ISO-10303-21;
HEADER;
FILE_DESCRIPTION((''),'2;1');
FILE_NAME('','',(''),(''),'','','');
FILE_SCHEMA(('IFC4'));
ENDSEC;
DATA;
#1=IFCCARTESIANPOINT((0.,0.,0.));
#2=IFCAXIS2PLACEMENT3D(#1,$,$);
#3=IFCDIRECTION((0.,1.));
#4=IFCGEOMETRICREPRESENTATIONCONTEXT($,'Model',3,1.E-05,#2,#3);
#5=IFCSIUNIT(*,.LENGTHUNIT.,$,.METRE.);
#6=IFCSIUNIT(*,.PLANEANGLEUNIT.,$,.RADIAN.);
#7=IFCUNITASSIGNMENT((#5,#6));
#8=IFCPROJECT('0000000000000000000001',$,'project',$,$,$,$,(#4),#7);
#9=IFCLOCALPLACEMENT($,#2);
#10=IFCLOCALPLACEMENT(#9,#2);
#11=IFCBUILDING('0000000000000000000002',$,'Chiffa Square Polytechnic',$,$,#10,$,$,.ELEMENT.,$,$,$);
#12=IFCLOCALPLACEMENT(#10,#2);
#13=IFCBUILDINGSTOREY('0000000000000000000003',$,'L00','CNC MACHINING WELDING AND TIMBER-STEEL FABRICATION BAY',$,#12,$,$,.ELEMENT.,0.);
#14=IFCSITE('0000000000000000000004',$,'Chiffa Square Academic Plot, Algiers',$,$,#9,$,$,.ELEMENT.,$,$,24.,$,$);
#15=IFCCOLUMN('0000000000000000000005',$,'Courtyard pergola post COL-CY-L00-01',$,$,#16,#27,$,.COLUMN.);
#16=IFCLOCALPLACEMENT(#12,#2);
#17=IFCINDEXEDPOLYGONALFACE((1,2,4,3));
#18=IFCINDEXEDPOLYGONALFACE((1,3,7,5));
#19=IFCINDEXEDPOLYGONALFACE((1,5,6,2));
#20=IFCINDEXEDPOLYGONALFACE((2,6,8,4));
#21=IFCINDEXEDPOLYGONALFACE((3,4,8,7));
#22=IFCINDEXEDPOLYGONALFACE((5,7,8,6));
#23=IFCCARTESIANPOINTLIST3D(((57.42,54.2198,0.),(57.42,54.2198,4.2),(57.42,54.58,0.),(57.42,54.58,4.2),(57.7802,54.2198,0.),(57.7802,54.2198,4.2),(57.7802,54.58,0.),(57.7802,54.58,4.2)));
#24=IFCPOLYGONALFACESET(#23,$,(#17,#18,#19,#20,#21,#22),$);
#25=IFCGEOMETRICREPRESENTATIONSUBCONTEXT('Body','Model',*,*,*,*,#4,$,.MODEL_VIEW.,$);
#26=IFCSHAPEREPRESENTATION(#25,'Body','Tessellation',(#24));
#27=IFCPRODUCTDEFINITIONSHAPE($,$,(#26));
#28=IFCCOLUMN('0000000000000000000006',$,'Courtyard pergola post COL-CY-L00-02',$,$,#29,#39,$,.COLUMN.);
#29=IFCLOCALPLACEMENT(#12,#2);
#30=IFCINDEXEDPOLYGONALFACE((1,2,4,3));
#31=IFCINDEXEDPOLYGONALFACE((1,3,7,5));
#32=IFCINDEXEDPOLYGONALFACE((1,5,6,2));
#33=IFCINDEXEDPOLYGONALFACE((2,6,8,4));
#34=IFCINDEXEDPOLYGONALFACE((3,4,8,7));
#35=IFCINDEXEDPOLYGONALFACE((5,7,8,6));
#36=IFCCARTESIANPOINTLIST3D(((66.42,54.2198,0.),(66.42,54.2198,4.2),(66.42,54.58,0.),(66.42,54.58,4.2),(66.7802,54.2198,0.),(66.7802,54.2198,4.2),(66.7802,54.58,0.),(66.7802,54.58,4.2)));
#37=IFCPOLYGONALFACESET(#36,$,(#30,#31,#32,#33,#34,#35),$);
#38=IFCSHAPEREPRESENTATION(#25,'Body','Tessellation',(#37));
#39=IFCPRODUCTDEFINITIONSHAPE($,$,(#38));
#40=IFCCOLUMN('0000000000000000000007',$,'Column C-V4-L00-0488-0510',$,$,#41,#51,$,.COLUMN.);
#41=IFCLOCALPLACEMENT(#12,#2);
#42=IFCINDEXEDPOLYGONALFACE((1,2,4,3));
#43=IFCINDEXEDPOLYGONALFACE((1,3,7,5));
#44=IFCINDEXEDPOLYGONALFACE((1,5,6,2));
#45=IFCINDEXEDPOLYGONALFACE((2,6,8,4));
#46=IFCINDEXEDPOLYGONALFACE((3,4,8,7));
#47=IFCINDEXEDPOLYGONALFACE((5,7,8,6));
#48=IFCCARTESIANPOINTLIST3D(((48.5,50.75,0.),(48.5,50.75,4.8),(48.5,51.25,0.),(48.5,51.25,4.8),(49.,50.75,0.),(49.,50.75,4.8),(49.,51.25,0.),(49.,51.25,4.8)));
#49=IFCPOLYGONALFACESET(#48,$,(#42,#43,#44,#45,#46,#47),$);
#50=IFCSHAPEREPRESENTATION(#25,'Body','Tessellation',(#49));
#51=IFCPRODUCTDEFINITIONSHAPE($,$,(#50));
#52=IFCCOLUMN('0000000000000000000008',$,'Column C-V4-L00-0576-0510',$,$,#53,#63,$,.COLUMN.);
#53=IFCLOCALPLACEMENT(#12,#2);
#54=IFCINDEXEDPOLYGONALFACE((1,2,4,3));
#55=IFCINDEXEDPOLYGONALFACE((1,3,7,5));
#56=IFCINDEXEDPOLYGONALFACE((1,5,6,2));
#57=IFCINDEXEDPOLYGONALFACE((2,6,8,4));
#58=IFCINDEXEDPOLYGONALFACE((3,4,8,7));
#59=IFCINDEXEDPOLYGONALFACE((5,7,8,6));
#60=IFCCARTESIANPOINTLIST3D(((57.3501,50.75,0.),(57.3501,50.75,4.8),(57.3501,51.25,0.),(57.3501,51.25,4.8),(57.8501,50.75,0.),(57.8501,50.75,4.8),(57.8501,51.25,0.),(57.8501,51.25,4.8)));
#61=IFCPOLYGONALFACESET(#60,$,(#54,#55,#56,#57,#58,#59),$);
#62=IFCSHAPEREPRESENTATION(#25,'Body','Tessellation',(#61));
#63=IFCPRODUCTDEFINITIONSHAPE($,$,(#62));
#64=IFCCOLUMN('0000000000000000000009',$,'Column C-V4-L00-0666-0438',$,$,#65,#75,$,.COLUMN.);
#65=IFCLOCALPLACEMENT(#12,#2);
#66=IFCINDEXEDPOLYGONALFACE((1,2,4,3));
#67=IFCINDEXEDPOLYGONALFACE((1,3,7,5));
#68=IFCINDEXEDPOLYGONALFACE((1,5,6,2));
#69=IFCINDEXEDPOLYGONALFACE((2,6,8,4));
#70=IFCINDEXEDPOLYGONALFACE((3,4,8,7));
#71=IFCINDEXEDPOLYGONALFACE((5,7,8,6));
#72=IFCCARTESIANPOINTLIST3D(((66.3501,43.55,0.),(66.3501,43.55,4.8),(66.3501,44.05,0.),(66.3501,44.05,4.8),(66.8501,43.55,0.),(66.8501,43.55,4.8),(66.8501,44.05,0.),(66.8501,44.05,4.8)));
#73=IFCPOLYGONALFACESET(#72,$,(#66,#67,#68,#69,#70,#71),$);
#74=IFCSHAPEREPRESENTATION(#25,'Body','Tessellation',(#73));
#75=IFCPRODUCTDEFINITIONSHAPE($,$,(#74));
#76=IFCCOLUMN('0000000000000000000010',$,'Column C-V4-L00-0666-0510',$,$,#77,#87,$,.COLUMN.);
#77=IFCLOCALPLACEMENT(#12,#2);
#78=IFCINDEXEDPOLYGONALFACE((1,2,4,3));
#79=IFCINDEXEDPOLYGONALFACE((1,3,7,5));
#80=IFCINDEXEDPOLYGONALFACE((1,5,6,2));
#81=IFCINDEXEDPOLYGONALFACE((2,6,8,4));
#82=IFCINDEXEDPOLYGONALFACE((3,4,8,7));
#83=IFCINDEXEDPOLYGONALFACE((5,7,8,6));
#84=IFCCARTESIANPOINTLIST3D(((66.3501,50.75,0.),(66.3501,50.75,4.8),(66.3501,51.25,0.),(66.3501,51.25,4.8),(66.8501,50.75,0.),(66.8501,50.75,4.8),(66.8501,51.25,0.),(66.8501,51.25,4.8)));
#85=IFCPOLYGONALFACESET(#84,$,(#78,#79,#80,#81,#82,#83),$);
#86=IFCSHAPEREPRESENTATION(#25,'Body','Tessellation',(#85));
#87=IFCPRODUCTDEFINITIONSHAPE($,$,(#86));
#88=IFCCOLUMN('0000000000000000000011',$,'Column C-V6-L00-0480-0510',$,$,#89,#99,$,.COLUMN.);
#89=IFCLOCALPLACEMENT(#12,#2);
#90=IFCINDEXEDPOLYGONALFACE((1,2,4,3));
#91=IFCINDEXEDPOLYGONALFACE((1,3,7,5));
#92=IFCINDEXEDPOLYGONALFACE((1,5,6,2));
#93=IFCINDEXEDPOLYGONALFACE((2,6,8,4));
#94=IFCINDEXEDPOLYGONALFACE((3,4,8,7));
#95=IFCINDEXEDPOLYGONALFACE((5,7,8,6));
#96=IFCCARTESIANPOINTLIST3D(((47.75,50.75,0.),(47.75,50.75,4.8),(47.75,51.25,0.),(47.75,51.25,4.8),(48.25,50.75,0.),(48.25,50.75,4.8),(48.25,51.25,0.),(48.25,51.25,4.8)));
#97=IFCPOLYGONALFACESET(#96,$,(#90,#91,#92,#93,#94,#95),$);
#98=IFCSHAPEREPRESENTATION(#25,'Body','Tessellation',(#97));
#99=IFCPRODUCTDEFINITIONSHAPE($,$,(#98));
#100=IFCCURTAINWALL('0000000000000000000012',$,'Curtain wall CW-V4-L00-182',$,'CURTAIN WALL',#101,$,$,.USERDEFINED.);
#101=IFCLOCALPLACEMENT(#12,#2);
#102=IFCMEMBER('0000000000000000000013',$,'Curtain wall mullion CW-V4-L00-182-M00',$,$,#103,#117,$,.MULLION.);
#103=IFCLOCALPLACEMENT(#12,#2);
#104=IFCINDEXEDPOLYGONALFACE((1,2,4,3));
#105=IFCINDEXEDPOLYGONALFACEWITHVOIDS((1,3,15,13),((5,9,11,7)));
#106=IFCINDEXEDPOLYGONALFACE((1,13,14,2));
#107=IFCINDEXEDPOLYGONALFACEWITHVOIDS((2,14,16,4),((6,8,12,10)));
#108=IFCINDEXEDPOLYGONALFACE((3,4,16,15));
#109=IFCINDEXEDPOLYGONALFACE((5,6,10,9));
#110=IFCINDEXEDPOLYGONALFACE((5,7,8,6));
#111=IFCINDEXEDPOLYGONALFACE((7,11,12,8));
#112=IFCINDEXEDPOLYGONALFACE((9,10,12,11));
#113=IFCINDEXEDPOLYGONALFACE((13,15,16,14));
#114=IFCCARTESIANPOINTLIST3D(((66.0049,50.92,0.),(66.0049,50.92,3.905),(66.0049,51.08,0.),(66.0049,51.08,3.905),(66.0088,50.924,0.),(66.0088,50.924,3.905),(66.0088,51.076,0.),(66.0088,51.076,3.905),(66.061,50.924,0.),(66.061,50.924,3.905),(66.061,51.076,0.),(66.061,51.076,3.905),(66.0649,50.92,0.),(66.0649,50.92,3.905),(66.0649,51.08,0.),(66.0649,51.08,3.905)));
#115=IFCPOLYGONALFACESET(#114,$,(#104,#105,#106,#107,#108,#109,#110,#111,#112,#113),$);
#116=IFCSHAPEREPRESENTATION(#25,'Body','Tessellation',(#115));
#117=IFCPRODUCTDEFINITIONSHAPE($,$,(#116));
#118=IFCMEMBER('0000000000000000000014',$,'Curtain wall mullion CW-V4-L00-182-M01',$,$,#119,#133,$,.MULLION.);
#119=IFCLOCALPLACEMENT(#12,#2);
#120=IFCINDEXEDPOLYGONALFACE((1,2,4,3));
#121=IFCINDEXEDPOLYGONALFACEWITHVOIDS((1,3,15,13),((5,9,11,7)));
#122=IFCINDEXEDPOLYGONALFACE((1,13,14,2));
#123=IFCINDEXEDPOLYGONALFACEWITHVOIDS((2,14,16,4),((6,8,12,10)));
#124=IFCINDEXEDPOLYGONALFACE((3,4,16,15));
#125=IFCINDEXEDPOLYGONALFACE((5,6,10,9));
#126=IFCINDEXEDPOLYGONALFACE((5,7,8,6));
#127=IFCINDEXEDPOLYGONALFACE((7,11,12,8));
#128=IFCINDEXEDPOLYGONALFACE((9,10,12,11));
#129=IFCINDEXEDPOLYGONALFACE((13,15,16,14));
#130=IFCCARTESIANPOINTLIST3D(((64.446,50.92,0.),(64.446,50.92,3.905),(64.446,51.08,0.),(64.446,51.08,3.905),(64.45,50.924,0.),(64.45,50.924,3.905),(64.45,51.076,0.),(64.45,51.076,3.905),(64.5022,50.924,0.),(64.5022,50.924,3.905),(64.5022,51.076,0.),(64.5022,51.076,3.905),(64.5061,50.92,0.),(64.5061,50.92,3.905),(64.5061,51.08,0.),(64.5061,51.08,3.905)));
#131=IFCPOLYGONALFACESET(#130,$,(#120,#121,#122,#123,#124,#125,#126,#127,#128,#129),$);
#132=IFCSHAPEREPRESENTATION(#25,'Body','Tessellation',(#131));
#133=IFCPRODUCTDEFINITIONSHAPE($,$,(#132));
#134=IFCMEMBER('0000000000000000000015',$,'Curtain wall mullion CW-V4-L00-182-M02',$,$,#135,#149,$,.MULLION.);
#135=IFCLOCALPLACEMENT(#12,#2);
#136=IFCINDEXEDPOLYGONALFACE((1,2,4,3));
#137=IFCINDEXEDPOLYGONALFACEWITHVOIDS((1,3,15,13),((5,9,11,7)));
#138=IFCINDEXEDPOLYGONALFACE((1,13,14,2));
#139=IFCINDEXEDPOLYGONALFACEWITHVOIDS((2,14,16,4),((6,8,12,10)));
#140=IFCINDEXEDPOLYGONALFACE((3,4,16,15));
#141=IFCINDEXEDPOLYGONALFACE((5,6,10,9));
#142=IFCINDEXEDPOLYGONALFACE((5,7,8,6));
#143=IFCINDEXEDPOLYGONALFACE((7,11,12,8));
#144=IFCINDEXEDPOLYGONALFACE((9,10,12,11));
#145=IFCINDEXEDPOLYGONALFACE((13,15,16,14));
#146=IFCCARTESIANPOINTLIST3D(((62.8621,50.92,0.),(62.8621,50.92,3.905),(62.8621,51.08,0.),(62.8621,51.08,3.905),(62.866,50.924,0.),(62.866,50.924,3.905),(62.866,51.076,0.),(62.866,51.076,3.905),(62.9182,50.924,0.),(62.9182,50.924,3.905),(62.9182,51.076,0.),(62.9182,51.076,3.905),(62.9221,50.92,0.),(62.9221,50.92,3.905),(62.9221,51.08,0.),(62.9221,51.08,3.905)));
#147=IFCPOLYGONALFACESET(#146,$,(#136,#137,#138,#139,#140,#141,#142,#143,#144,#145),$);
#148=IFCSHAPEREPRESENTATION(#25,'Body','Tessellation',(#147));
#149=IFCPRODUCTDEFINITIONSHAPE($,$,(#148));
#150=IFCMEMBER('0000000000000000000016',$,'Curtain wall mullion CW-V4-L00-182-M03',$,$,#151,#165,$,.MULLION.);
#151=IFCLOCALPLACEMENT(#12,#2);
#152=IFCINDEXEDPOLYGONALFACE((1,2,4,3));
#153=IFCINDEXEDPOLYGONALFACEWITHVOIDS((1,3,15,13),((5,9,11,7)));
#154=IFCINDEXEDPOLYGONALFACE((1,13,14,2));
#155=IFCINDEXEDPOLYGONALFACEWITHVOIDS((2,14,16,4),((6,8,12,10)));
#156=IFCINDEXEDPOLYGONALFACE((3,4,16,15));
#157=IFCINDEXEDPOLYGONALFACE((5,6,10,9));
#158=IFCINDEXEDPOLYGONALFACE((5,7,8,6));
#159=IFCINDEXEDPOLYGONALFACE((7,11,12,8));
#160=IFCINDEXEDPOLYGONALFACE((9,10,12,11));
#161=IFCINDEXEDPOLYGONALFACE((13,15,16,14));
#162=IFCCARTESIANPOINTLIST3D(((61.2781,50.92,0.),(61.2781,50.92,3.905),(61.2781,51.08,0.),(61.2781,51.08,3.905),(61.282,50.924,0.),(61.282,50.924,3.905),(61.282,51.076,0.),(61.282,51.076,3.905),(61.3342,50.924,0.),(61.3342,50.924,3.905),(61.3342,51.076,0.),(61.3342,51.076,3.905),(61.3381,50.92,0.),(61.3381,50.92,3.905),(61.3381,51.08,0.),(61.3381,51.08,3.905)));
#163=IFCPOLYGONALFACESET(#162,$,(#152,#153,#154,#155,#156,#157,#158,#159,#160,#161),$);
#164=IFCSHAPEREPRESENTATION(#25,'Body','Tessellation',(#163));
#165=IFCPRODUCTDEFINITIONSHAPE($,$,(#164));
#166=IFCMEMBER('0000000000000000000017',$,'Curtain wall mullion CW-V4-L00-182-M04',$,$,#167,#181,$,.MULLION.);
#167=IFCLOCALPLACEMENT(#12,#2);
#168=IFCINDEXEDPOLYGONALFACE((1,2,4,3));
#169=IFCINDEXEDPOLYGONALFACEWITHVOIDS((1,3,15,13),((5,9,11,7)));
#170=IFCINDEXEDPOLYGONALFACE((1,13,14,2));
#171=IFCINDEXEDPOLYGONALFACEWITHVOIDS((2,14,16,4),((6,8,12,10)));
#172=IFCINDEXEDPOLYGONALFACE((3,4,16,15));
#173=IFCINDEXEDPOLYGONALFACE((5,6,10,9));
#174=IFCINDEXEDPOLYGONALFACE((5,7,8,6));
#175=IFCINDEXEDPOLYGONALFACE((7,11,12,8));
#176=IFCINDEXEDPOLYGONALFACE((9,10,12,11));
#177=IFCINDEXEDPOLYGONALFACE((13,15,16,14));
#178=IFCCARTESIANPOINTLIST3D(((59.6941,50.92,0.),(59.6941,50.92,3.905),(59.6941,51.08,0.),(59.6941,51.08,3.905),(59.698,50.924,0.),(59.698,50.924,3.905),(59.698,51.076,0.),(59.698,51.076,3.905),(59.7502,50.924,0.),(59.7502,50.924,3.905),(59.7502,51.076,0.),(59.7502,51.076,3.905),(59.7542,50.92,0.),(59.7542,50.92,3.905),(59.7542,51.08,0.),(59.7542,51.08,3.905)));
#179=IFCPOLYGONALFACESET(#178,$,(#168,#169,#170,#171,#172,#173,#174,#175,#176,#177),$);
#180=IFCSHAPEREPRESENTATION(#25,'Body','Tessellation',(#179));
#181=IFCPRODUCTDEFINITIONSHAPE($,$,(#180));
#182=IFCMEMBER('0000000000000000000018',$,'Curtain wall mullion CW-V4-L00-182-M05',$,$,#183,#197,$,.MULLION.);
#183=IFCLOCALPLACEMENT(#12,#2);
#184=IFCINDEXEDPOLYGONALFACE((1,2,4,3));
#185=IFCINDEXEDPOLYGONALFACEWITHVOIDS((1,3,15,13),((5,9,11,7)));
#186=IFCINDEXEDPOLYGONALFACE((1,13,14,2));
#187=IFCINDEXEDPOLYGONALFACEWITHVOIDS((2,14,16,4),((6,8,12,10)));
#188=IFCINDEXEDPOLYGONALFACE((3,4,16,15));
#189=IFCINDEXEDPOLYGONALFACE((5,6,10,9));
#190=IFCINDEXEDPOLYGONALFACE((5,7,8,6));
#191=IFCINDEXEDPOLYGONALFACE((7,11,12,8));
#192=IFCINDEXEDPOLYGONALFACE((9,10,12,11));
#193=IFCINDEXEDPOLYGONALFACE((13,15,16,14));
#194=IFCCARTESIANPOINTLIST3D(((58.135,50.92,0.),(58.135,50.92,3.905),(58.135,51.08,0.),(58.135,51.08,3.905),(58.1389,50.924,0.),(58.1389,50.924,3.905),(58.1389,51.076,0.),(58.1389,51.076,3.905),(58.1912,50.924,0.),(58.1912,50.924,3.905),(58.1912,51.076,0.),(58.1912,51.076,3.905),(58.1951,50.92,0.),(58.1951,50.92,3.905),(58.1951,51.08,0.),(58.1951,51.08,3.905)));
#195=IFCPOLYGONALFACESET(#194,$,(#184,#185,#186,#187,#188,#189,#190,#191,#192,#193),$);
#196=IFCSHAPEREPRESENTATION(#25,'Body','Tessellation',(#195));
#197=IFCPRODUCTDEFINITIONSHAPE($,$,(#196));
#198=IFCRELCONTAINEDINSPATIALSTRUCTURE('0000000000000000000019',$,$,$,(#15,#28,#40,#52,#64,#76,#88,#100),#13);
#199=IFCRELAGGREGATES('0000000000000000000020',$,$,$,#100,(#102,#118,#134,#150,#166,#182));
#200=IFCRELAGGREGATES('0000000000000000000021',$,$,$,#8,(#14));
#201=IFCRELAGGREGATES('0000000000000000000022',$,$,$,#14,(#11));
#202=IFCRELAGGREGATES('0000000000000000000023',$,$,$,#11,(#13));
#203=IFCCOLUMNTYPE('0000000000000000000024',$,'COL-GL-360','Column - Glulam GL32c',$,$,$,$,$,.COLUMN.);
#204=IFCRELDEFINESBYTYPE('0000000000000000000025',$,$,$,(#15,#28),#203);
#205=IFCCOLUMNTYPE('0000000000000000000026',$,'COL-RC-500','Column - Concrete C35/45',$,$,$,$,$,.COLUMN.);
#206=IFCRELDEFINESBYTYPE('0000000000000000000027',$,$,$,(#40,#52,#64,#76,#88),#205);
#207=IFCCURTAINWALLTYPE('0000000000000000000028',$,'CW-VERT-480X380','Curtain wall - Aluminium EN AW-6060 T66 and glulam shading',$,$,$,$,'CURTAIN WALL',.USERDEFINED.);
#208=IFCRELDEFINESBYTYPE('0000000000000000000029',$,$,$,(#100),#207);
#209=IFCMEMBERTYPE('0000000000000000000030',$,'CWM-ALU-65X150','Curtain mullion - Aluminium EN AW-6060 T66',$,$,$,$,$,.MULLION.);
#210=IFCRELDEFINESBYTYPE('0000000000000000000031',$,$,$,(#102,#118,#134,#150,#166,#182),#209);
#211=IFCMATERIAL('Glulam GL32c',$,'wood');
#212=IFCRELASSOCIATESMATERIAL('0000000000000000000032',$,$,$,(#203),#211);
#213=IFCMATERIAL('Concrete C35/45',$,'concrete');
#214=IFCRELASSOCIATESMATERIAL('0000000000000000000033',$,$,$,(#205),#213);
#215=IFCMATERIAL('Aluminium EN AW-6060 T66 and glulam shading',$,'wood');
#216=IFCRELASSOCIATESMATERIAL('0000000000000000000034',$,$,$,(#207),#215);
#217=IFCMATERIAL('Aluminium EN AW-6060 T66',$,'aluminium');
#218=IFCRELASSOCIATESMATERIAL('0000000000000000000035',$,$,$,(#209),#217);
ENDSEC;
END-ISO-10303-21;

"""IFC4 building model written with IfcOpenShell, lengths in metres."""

from ifc_helpers import new_model, si_unit, direction, frame, origin, origin_2d, place, context, subcontext, project, spatial, rectangle, hollow_rectangle, extrude, material, material_profile, profile_set, type_object, element, aggregate, save


model = new_model("IFC4")

# Units and contexts
model_context = context("Model", 3, precision=1e-05, world=origin(), true_north=direction((0.0, 1.0)))
body_context = subcontext(model_context, "Body", "Model", "MODEL_VIEW")
ifc_project = project(units=[si_unit("LENGTHUNIT", "METRE"), si_unit("PLANEANGLEUNIT", "RADIAN")], contexts=[model_context])

# Site, building, storey
site_placement = place(None, origin())
site = spatial("IfcSite", under=ifc_project, at=site_placement, Name="Chiffa Square Academic Plot, Algiers", CompositionType="ELEMENT", RefElevation=24.0)
building_placement = place(site_placement, origin())
building = spatial("IfcBuilding", under=site, at=building_placement, Name="Chiffa Square Polytechnic", CompositionType="ELEMENT")
storey_placement = place(building_placement, origin())
storey = spatial("IfcBuildingStorey", under=building, at=storey_placement, Name="L00", Description="CNC MACHINING WELDING AND TIMBER-STEEL FABRICATION BAY", CompositionType="ELEMENT", Elevation=0.0)

# Columns
ifc_material_1 = material(Name="Glulam GL32c", Category="wood")
ifc_material_profile_1 = material_profile(ifc_material_1, rectangle(XDim=0.3601, YDim=0.3601, at=origin_2d()), Name="GL32c 360x360")
ifc_profile_set_1 = profile_set([ifc_material_profile_1], Name="Glulam GL32c")
column_type_1 = type_object("IfcColumnType", Name="COL-GL-360", Description="Column - Glulam GL32c", PredefinedType="COLUMN", material=ifc_profile_set_1)
for number, where, z_axis, x_axis, name in (
    (1, (57.6001, 54.3999, 0.0), (0.0, 0.0, 1.0), (1.0, 0.0, 0.0), "Courtyard pergola post COL-CY-L00-01"),
    (2, (66.6001, 54.3999, 0.0), (0.0, 0.0, 1.0), (1.0, 0.0, 0.0), "Courtyard pergola post COL-CY-L00-02"),
):
    element("IfcColumn", number, at=place(storey_placement, frame(where, z_axis=z_axis, x_axis=x_axis)), inside=storey, type_object=column_type_1, Name=name, PredefinedType="COLUMN", context=body_context, shape_type="SweptSolid", body=[
        extrude(rectangle(XDim=0.3601, YDim=0.3601, at=origin_2d()), origin(), (0.0, 0.0, 1.0), 4.2),
    ])
ifc_material_2 = material(Name="Concrete C35/45", Category="concrete")
ifc_material_profile_2 = material_profile(ifc_material_2, rectangle(XDim=0.5, YDim=0.5, at=origin_2d()), Name="RC 500x500")
ifc_profile_set_2 = profile_set([ifc_material_profile_2], Name="Concrete C35/45")
column_type_2 = type_object("IfcColumnType", Name="COL-RC-500", Description="Column - Concrete C35/45", PredefinedType="COLUMN", material=ifc_profile_set_2)
for number, where, z_axis, x_axis, name in (
    (3, (48.75, 51.0, 0.0), (0.0, 0.0, 1.0), (1.0, 0.0, 0.0), "Column C-V4-L00-0488-0510"),
    (4, (57.6001, 51.0, 0.0), (0.0, 0.0, 1.0), (1.0, 0.0, 0.0), "Column C-V4-L00-0576-0510"),
    (5, (66.6001, 43.8, 0.0), (0.0, 0.0, 1.0), (1.0, 0.0, 0.0), "Column C-V4-L00-0666-0438"),
    (6, (66.6001, 51.0, 0.0), (0.0, 0.0, 1.0), (1.0, 0.0, 0.0), "Column C-V4-L00-0666-0510"),
    (7, (48.0, 51.0, 0.0), (0.0, 0.0, 1.0), (1.0, 0.0, 0.0), "Column C-V6-L00-0480-0510"),
):
    element("IfcColumn", number, at=place(storey_placement, frame(where, z_axis=z_axis, x_axis=x_axis)), inside=storey, type_object=column_type_2, Name=name, PredefinedType="COLUMN", context=body_context, shape_type="SweptSolid", body=[
        extrude(rectangle(XDim=0.5, YDim=0.5, at=origin_2d()), origin(), (0.0, 0.0, 1.0), 4.8),
    ])

# Curtain wall, members
ifc_material_3 = material(Name="Aluminium EN AW-6060 T66 and glulam shading", Category="wood")
curtain_wall_type = type_object("IfcCurtainWallType", Name="CW-VERT-480X380", Description="Curtain wall - Aluminium EN AW-6060 T66 and glulam shading", ElementType="CURTAIN WALL", PredefinedType="USERDEFINED", material=ifc_material_3)
curtain_wall_placement = place(storey_placement, origin())
curtain_wall = element("IfcCurtainWall", 8, at=curtain_wall_placement, inside=storey, type_object=curtain_wall_type, Name="Curtain wall CW-V4-L00-182", ObjectType="CURTAIN WALL", PredefinedType="USERDEFINED")
ifc_material_4 = material(Name="Aluminium EN AW-6060 T66", Category="aluminium")
ifc_material_profile_3 = material_profile(ifc_material_4, hollow_rectangle(XDim=0.0601, YDim=0.1599, WallThickness=0.0039, at=origin_2d()), Name="ALU 60x160x4")
ifc_profile_set_3 = profile_set([ifc_material_profile_3], Name="Aluminium EN AW-6060 T66")
member_type_1 = type_object("IfcMemberType", Name="CWM-ALU-65X150", Description="Curtain mullion - Aluminium EN AW-6060 T66", PredefinedType="MULLION", material=ifc_profile_set_3)
member_1_placement = place(storey_placement, frame((66.0349, 51.0, 0.0), z_axis=(0.0, 0.0, 1.0), x_axis=(1.0, 0.0, 0.0)))
member_1 = element("IfcMember", 9, at=member_1_placement, type_object=member_type_1, Name="Curtain wall mullion CW-V4-L00-182-M00", PredefinedType="MULLION", context=body_context, shape_type="SweptSolid", body=[
    extrude(hollow_rectangle(XDim=0.0601, YDim=0.1599, WallThickness=0.0039, at=origin_2d()), origin(), (0.0, 0.0, 1.0), 3.905),
])
member_2_placement = place(storey_placement, frame((64.4761, 51.0, 0.0), z_axis=(0.0, 0.0, 1.0), x_axis=(1.0, 0.0, 0.0)))
member_2 = element("IfcMember", 10, at=member_2_placement, type_object=member_type_1, Name="Curtain wall mullion CW-V4-L00-182-M01", PredefinedType="MULLION", context=body_context, shape_type="SweptSolid", body=[
    extrude(hollow_rectangle(XDim=0.0601, YDim=0.1599, WallThickness=0.0039, at=origin_2d()), origin(), (0.0, 0.0, 1.0), 3.905),
])
member_3_placement = place(storey_placement, frame((62.8921, 51.0, 0.0), z_axis=(0.0, 0.0, 1.0), x_axis=(1.0, 0.0, 0.0)))
member_3 = element("IfcMember", 11, at=member_3_placement, type_object=member_type_1, Name="Curtain wall mullion CW-V4-L00-182-M02", PredefinedType="MULLION", context=body_context, shape_type="SweptSolid", body=[
    extrude(hollow_rectangle(XDim=0.0601, YDim=0.1599, WallThickness=0.0039, at=origin_2d()), origin(), (0.0, 0.0, 1.0), 3.905),
])
member_4_placement = place(storey_placement, frame((61.3081, 51.0, 0.0), z_axis=(0.0, 0.0, 1.0), x_axis=(1.0, 0.0, 0.0)))
member_4 = element("IfcMember", 12, at=member_4_placement, type_object=member_type_1, Name="Curtain wall mullion CW-V4-L00-182-M03", PredefinedType="MULLION", context=body_context, shape_type="SweptSolid", body=[
    extrude(hollow_rectangle(XDim=0.0601, YDim=0.1599, WallThickness=0.0039, at=origin_2d()), origin(), (0.0, 0.0, 1.0), 3.905),
])
member_5_placement = place(storey_placement, frame((59.7241, 51.0, 0.0), z_axis=(0.0, 0.0, 1.0), x_axis=(1.0, 0.0, 0.0)))
member_5 = element("IfcMember", 13, at=member_5_placement, type_object=member_type_1, Name="Curtain wall mullion CW-V4-L00-182-M04", PredefinedType="MULLION", context=body_context, shape_type="SweptSolid", body=[
    extrude(hollow_rectangle(XDim=0.0601, YDim=0.1599, WallThickness=0.0039, at=origin_2d()), origin(), (0.0, 0.0, 1.0), 3.905),
])
member_6_placement = place(storey_placement, frame((58.165, 51.0, 0.0), z_axis=(0.0, 0.0, 1.0), x_axis=(1.0, 0.0, 0.0)))
member_6 = element("IfcMember", 14, at=member_6_placement, type_object=member_type_1, Name="Curtain wall mullion CW-V4-L00-182-M05", PredefinedType="MULLION", context=body_context, shape_type="SweptSolid", body=[
    extrude(hollow_rectangle(XDim=0.0601, YDim=0.1599, WallThickness=0.0039, at=origin_2d()), origin(), (0.0, 0.0, 1.0), 3.905),
])

aggregate(curtain_wall, [member_1, member_2, member_3, member_4, member_5, member_6])

save(model, "model.ifc")
